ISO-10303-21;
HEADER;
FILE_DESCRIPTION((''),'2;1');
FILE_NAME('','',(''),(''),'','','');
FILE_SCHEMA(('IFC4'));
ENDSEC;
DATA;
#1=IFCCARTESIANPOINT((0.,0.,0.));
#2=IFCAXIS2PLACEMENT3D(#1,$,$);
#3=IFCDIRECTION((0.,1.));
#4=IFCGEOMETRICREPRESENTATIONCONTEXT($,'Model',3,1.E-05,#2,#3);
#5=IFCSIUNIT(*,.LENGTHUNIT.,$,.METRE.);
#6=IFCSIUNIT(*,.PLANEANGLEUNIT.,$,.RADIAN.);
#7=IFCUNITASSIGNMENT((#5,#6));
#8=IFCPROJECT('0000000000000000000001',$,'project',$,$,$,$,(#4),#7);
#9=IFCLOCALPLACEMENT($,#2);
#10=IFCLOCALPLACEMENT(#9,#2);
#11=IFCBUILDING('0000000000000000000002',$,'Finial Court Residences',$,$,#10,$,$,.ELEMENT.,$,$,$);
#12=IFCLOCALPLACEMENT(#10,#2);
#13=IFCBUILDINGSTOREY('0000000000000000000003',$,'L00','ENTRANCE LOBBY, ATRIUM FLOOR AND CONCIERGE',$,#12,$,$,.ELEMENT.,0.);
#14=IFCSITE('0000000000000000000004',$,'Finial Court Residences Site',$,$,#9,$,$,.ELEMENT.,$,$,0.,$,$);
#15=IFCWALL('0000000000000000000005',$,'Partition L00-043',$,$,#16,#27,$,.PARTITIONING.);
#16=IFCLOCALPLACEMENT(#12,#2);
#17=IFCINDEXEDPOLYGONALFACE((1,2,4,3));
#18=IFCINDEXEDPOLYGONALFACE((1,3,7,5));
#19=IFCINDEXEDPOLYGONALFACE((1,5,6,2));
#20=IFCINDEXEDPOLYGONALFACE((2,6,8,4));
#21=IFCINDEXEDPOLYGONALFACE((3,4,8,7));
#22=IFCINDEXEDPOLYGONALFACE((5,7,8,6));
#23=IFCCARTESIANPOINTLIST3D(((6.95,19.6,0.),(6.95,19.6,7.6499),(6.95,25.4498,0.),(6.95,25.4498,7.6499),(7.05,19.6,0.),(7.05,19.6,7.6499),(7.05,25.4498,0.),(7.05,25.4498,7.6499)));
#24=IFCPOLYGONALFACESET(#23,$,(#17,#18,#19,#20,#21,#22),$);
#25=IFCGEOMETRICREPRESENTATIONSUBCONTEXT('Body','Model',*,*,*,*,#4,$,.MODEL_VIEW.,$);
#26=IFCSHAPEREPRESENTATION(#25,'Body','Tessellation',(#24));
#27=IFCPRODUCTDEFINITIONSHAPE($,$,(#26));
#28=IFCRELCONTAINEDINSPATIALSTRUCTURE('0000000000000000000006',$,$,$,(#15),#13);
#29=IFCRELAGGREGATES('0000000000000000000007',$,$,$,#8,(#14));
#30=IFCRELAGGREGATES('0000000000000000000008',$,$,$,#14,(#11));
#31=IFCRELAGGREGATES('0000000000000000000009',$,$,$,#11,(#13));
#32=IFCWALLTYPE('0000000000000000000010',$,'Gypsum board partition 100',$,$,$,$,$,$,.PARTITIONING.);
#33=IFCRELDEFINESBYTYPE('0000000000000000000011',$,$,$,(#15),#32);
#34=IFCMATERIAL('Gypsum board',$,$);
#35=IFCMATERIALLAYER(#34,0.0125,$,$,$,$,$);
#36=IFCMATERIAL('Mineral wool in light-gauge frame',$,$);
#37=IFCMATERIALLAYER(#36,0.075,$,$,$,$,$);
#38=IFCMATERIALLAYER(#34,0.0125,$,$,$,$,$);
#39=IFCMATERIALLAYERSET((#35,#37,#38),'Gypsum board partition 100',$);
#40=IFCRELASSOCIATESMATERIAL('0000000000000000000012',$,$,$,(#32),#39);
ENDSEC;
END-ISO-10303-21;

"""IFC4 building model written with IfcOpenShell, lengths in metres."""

from ifc_helpers import new_model, si_unit, direction, frame, frame_2d, origin, place, context, subcontext, project, spatial, rectangle, extrude, material, layer, layer_set, type_object, element, save


model = new_model("IFC4")

# Units and contexts
model_context = context("Model", 3, precision=1e-05, world=origin(), true_north=direction((0.0, 1.0)))
body_context = subcontext(model_context, "Body", "Model", "MODEL_VIEW")
ifc_project = project(units=[si_unit("LENGTHUNIT", "METRE"), si_unit("PLANEANGLEUNIT", "RADIAN")], contexts=[model_context])

# Site, building, storey
site_placement = place(None, origin())
site = spatial("IfcSite", under=ifc_project, at=site_placement, Name="Finial Court Residences Site", CompositionType="ELEMENT", RefElevation=0.0)
building_placement = place(site_placement, origin())
building = spatial("IfcBuilding", under=site, at=building_placement, Name="Finial Court Residences", CompositionType="ELEMENT")
storey_placement = place(building_placement, origin())
storey = spatial("IfcBuildingStorey", under=building, at=storey_placement, Name="L00", Description="ENTRANCE LOBBY, ATRIUM FLOOR AND CONCIERGE", CompositionType="ELEMENT", Elevation=0.0)

# Wall
ifc_material_1 = material(Name="Gypsum board")
ifc_layer_1 = layer(ifc_material_1, 0.0125)
ifc_material_2 = material(Name="Mineral wool in light-gauge frame")
ifc_layer_2 = layer(ifc_material_2, 0.075)
ifc_layer_3 = layer(ifc_material_1, 0.0125)
ifc_layer_set_1 = layer_set([ifc_layer_1, ifc_layer_2, ifc_layer_3], Name="Gypsum board partition 100")
wall_type_1 = type_object("IfcWallType", Name="Gypsum board partition 100", PredefinedType="PARTITIONING", material=ifc_layer_set_1)
wall_1_placement = place(storey_placement, frame((7.0, 19.6001, 0.0), z_axis=(0.0, 0.0, 1.0), x_axis=(0.0, 1.0, 0.0)))
element("IfcWall", 1, at=wall_1_placement, inside=storey, type_object=wall_type_1, Name="Partition L00-043", PredefinedType="PARTITIONING", context=body_context, shape_type="SweptSolid", body=[
    extrude(rectangle(XDim=5.8499, YDim=0.1001, at=frame_2d((2.9248, 0.0))), origin(), (0.0, 0.0, 1.0), 7.6499),
])

save(model, "model.ifc")
